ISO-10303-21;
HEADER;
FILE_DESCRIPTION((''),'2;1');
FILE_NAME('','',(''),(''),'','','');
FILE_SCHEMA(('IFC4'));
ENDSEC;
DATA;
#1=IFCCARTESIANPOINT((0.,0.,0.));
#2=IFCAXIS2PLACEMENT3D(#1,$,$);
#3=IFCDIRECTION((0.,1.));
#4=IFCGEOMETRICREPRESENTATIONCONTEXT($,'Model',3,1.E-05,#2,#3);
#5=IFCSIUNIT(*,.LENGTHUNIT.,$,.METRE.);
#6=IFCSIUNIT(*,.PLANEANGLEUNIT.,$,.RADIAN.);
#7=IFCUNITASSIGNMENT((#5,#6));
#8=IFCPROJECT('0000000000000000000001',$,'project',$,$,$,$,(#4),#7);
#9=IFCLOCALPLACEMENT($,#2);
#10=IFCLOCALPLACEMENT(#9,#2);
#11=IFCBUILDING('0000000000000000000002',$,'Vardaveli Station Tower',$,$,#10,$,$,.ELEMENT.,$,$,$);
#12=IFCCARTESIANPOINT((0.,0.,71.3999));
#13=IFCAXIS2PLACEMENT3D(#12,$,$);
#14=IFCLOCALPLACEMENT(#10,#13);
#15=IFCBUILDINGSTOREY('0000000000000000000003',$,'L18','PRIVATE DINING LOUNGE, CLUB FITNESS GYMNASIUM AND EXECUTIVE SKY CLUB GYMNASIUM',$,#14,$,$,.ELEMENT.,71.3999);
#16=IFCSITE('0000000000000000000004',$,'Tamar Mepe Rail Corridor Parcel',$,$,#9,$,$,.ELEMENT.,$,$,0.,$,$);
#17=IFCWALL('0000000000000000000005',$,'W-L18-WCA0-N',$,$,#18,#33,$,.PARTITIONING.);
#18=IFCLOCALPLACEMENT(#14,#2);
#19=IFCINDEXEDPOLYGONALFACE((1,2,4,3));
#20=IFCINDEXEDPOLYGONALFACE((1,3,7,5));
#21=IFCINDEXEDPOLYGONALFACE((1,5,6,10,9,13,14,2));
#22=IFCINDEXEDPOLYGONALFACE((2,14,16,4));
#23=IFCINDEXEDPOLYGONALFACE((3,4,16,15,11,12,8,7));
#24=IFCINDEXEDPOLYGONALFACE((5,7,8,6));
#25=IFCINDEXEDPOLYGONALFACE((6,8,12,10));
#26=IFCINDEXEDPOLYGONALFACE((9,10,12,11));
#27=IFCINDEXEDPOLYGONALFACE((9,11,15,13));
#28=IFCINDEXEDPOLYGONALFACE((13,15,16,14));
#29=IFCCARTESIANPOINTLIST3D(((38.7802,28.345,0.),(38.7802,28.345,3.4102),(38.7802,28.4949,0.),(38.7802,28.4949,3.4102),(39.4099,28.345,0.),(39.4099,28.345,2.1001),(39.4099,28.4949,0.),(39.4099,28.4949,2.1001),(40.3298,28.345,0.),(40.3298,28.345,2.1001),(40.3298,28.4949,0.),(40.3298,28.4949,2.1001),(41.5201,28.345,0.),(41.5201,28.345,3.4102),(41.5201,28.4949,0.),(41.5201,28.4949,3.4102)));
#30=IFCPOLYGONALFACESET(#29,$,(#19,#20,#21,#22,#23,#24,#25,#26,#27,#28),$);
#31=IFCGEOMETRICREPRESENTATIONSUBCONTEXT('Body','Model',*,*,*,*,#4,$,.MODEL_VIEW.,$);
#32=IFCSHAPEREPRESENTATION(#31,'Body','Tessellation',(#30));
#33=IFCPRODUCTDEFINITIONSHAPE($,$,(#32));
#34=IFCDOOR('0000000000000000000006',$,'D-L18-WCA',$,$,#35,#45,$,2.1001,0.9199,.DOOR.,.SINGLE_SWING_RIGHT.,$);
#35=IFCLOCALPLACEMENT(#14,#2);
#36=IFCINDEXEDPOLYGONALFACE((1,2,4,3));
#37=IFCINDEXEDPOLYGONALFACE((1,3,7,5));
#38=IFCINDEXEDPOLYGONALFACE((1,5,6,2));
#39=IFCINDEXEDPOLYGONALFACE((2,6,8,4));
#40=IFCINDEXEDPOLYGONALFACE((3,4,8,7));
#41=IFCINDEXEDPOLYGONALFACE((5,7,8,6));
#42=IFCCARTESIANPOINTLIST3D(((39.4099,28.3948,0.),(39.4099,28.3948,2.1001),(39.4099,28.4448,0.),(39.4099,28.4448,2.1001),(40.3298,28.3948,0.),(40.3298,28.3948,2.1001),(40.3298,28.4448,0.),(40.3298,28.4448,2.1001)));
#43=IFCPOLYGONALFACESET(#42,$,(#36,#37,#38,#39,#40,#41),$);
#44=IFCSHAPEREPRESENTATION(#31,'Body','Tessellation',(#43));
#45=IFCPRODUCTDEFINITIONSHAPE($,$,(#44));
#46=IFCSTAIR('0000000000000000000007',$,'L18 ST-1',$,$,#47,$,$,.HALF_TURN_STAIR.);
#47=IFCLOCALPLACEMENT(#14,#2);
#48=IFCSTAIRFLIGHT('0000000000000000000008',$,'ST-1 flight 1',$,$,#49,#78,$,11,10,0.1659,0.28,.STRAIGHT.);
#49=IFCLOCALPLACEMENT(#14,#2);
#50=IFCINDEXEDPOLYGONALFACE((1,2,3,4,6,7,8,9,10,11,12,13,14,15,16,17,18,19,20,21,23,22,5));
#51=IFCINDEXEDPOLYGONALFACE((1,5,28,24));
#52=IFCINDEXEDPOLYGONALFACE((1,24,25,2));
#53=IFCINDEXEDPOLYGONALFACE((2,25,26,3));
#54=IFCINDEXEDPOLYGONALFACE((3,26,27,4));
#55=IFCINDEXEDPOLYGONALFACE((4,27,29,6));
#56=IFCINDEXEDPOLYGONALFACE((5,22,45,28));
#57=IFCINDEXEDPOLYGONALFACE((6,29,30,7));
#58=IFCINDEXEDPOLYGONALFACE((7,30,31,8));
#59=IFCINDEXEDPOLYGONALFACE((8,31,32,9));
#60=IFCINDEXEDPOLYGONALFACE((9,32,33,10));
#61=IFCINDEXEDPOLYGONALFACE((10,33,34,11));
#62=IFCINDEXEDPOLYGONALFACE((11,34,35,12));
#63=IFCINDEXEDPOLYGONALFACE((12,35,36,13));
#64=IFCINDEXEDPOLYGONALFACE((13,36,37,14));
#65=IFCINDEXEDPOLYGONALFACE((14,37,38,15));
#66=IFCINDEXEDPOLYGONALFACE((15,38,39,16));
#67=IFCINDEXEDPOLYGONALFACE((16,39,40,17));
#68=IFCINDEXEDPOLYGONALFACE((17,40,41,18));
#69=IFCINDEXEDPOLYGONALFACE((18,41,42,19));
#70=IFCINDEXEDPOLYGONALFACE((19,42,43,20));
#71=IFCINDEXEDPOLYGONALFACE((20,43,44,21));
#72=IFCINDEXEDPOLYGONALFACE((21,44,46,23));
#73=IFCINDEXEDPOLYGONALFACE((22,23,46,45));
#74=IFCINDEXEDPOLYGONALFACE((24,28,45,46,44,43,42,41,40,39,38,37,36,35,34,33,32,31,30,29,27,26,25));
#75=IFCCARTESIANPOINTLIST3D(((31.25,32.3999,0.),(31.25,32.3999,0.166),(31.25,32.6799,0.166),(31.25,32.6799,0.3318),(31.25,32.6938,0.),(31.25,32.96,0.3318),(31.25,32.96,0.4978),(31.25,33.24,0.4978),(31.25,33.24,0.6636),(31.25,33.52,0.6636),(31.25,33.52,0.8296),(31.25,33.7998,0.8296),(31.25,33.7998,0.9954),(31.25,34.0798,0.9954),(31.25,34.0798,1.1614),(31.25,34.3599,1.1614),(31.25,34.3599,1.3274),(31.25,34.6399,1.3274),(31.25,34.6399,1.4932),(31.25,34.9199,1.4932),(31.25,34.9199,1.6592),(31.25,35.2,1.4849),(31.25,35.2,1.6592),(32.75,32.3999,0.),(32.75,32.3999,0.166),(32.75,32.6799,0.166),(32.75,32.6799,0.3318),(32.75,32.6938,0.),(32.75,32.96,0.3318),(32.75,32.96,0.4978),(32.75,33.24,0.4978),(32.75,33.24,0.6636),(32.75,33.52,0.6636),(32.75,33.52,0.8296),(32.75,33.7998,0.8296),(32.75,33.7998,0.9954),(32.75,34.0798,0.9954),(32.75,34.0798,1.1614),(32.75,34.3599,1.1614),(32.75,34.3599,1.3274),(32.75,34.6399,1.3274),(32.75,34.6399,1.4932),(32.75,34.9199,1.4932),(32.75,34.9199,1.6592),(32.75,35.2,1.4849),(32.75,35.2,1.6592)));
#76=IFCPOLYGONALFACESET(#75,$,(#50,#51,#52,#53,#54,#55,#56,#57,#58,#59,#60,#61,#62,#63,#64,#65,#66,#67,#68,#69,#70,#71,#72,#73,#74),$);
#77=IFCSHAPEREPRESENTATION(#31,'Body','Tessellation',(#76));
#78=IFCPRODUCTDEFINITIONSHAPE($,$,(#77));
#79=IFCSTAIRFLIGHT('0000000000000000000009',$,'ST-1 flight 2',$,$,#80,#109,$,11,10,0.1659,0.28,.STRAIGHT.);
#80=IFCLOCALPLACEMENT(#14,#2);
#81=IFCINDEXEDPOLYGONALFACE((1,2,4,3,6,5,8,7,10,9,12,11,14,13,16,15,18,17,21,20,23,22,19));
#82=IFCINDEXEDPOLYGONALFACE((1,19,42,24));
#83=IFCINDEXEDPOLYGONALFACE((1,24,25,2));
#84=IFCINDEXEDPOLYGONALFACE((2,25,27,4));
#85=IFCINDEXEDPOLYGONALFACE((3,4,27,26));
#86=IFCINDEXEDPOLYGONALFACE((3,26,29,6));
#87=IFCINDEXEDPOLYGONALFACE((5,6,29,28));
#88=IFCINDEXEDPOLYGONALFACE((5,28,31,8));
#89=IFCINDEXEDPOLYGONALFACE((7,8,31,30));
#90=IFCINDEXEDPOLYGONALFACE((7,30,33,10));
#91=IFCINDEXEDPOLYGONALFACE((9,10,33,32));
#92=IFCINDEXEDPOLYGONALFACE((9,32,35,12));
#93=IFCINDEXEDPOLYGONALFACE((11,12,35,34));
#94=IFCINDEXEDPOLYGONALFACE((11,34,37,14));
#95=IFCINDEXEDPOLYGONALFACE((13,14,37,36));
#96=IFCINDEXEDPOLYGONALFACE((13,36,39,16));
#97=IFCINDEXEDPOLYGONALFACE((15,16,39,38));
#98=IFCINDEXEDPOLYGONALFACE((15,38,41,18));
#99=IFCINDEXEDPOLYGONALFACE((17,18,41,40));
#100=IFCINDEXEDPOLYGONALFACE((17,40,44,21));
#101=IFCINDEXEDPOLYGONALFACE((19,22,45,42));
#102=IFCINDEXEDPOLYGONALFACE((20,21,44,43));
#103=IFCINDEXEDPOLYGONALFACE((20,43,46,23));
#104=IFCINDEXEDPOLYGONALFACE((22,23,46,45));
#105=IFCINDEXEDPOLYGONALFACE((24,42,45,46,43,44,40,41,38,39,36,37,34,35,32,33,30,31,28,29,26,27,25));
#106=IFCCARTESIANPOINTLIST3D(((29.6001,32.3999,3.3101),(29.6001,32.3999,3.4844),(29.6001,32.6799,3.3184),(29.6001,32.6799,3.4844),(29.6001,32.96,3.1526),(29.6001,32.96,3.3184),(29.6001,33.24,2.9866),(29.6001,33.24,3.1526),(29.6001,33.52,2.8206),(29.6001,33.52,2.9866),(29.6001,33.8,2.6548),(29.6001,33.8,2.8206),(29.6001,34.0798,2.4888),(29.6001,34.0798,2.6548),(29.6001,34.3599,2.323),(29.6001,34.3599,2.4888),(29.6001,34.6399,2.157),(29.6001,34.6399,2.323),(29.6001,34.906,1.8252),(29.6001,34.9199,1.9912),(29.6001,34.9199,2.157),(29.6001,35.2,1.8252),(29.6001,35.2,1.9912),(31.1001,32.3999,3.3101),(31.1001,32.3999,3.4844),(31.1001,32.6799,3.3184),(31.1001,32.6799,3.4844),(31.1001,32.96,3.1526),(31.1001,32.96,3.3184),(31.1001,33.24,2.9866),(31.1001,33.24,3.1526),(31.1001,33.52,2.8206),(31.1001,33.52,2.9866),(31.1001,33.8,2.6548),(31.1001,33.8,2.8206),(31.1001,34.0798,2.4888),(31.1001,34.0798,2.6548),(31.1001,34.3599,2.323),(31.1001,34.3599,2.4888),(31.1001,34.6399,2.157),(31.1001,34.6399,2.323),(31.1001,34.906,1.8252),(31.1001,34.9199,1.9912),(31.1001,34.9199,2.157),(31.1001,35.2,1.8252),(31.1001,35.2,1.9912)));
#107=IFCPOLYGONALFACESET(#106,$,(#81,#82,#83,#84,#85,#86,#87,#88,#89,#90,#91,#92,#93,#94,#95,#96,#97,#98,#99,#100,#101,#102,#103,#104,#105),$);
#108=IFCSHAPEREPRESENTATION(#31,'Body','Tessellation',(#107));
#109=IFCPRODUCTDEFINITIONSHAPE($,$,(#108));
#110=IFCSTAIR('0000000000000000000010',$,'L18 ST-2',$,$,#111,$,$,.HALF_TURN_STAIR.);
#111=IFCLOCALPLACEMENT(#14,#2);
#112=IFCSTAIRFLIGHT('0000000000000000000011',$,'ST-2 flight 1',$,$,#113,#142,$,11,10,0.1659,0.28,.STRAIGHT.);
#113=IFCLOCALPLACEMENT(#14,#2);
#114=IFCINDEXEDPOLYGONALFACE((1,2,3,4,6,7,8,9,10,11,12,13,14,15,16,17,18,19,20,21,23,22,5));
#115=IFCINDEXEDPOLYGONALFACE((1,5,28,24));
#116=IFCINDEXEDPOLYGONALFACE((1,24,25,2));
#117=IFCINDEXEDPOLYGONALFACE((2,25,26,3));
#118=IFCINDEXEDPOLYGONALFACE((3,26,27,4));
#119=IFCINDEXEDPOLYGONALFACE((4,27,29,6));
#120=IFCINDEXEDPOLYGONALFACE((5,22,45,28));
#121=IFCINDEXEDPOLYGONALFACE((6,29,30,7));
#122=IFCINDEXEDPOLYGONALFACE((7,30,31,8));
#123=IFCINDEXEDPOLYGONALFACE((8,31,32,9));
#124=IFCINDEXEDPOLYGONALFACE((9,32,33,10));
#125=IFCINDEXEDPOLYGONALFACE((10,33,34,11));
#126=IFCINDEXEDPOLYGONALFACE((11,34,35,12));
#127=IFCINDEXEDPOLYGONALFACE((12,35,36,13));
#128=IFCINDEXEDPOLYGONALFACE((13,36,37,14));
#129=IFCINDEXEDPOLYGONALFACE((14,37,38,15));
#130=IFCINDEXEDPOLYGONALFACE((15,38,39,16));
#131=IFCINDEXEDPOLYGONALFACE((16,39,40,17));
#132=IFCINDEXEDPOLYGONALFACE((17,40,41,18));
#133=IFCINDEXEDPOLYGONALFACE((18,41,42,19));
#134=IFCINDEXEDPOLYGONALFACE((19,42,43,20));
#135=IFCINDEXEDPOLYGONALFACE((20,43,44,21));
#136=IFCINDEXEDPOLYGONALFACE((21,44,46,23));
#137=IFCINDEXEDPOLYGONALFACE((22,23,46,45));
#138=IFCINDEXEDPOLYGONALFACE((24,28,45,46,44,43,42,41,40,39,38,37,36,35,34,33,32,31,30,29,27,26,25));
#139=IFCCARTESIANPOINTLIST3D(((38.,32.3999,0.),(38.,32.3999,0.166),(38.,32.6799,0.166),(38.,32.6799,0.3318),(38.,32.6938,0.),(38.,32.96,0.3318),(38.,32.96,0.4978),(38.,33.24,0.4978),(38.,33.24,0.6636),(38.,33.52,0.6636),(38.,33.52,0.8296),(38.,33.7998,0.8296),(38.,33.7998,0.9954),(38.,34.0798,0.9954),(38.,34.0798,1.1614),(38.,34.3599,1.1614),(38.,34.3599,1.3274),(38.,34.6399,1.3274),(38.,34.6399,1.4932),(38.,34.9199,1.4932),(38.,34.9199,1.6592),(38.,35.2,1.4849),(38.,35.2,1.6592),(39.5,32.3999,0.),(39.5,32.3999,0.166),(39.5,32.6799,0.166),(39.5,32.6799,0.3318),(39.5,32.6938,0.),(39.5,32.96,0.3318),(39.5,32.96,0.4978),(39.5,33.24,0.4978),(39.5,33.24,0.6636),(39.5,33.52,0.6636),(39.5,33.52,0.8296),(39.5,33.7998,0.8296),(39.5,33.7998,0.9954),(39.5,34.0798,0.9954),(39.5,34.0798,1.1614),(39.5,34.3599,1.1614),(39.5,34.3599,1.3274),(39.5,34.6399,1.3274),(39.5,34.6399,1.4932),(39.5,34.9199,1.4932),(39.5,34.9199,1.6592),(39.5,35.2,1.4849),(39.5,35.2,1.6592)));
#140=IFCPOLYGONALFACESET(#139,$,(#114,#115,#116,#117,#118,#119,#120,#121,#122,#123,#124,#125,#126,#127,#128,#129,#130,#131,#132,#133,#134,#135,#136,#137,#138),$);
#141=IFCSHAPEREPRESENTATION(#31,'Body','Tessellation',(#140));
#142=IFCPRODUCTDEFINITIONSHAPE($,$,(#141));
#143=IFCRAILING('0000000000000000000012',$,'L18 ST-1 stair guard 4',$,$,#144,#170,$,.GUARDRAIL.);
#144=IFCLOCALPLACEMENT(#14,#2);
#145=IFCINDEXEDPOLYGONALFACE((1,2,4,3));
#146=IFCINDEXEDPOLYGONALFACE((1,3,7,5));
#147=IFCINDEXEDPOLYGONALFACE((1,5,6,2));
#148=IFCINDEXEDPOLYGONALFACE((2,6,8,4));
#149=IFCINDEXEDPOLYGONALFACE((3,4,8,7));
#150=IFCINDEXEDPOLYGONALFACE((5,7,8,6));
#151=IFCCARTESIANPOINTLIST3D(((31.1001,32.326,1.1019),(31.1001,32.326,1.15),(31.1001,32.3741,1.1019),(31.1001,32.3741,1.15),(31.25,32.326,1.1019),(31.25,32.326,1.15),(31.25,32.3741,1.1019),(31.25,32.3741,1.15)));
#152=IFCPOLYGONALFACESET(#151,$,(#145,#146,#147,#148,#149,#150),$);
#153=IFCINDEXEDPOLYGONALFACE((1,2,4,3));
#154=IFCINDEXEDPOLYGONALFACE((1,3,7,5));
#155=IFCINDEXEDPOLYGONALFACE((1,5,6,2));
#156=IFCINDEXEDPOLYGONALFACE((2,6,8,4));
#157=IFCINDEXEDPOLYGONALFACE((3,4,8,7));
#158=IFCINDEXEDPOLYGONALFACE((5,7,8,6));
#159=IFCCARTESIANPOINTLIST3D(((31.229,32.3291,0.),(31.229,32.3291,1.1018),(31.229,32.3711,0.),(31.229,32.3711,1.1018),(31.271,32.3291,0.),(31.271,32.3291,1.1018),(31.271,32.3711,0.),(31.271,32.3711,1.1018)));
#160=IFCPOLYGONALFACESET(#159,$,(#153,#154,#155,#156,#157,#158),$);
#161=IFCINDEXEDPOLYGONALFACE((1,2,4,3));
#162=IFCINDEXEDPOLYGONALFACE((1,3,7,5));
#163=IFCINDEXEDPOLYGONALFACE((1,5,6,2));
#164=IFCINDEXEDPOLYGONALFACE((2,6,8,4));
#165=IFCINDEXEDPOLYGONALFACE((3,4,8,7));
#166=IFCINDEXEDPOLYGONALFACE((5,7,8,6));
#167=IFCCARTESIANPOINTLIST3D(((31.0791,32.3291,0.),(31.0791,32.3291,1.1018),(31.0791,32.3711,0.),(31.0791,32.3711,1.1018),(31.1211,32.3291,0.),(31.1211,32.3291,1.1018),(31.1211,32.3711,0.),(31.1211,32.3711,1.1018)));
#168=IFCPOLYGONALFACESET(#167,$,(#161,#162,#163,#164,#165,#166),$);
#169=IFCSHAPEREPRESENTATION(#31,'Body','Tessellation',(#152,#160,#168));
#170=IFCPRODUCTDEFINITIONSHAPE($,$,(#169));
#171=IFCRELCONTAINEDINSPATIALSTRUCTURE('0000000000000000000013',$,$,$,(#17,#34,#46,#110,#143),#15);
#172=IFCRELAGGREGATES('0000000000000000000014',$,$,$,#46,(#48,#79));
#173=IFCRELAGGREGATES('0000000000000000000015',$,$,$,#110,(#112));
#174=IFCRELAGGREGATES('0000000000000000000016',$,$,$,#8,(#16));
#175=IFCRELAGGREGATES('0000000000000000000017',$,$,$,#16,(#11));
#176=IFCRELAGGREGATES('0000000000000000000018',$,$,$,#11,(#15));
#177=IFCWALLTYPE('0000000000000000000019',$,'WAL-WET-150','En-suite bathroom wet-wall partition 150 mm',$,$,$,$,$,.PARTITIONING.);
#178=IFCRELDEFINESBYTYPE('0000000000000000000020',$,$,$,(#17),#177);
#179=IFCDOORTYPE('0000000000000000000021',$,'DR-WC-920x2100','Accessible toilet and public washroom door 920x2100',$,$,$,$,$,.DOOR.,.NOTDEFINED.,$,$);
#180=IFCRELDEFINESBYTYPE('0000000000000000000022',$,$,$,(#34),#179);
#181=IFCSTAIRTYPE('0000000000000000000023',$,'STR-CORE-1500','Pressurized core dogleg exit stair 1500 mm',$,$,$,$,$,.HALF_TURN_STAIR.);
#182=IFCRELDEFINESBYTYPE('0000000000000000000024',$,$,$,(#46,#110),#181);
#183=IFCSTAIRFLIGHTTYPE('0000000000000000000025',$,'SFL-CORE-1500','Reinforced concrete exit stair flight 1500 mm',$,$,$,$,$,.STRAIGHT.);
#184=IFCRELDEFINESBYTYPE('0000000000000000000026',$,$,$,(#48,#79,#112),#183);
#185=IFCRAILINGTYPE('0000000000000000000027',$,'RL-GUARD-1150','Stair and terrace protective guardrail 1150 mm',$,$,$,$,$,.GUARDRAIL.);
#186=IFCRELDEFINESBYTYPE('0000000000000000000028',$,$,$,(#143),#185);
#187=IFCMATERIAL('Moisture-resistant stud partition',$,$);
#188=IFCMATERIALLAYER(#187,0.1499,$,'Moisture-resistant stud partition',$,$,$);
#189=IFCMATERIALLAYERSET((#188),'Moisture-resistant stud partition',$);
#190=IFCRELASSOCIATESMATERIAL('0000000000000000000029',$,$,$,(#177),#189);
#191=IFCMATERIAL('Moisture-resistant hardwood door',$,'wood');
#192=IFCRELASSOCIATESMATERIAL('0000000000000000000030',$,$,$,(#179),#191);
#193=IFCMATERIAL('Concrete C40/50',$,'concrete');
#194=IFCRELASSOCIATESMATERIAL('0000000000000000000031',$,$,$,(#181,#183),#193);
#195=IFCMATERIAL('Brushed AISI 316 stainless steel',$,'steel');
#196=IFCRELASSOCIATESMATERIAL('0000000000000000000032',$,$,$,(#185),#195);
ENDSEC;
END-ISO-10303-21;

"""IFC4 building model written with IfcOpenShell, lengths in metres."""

from ifc_helpers import new_model, si_unit, direction, frame, frame_2d, origin, origin_2d, place, context, subcontext, project, spatial, polyline, rectangle, outline, extrude, source, transform, mapped, material, layer, layer_set, type_object, element, fill, aggregate, save


model = new_model("IFC4")

# Units and contexts
model_context = context("Model", 3, precision=1e-05, world=origin(), true_north=direction((0.0, 1.0)))
body_context = subcontext(model_context, "Body", "Model", "MODEL_VIEW")
ifc_project = project(units=[si_unit("LENGTHUNIT", "METRE"), si_unit("PLANEANGLEUNIT", "RADIAN")], contexts=[model_context])

# Site, building, storey
site_placement = place(None, origin())
site = spatial("IfcSite", under=ifc_project, at=site_placement, Name="Tamar Mepe Rail Corridor Parcel", CompositionType="ELEMENT", RefElevation=0.0)
building_placement = place(site_placement, origin())
building = spatial("IfcBuilding", under=site, at=building_placement, Name="Vardaveli Station Tower", CompositionType="ELEMENT")
storey_placement = place(building_placement, frame((0.0, 0.0, 71.3999)))
storey = spatial("IfcBuildingStorey", under=building, at=storey_placement, Name="L18", Description="PRIVATE DINING LOUNGE, CLUB FITNESS GYMNASIUM AND EXECUTIVE SKY CLUB GYMNASIUM", CompositionType="ELEMENT", Elevation=71.3999)

# Shared definitions
ifc_material_1 = material(Name="Concrete C40/50", Category="concrete")

# Wall, opening, door
ifc_material_2 = material(Name="Moisture-resistant stud partition")
ifc_layer_1 = layer(ifc_material_2, 0.1499, Name="Moisture-resistant stud partition")
ifc_layer_set_1 = layer_set([ifc_layer_1], Name="Moisture-resistant stud partition")
wall_type_1 = type_object("IfcWallType", Name="WAL-WET-150", Description="En-suite bathroom wet-wall partition 150 mm", PredefinedType="PARTITIONING", material=ifc_layer_set_1)
shared_shape_1 = source(origin(), body_context, "Body", "SweptSolid", [
    extrude(rectangle(XDim=2.74, YDim=0.1499, at=frame_2d((1.3701, 0.0))), origin(), (0.0, 0.0, 1.0), 3.4102),
])
wall_1_placement = place(storey_placement, frame((38.78, 28.4199, 0.0), z_axis=(0.0, 0.0, 1.0), x_axis=(1.0, 0.0, 0.0)))
wall_1 = element("IfcWall", 1, at=wall_1_placement, inside=storey, type_object=wall_type_1, Name="W-L18-WCA0-N", PredefinedType="PARTITIONING", context=body_context, shape_type="MappedRepresentation", body=[
    mapped(shared_shape_1, transform((0.0, 0.0, 0.0), scale=1.0)),
])
shared_shape_2 = source(origin(), body_context, "Body", "SweptSolid", [
    extrude(rectangle(XDim=0.9199, YDim=2.1001, at=frame_2d((0.46, 1.05))), frame((0.0, 0.085, 0.0), z_axis=(0.0, -1.0, 0.0), x_axis=(1.0, 0.0, 0.0)), (0.0, 0.0, 1.0), 0.1699),
])
opening_1_placement = place(wall_1_placement, frame((0.6299, 0.0, 0.0)))
opening_1 = element("IfcOpeningElement", 2, at=opening_1_placement, cuts=wall_1, PredefinedType="OPENING", context=body_context, shape_type="MappedRepresentation", body=[
    mapped(shared_shape_2, transform((0.0, 0.0, 0.0), scale=1.0)),
])
ifc_material_3 = material(Name="Moisture-resistant hardwood door", Category="wood")
door_type_1 = type_object("IfcDoorType", Name="DR-WC-920x2100", Description="Accessible toilet and public washroom door 920x2100", OperationType="NOTDEFINED", PredefinedType="DOOR", material=ifc_material_3)
shared_shape_3 = source(origin(), body_context, "Body", "SweptSolid", [
    extrude(rectangle(XDim=0.9199, YDim=2.1001, at=frame_2d((0.46, 1.05))), frame((0.0, 0.0249, 0.0), z_axis=(0.0, -1.0, 0.0), x_axis=(1.0, 0.0, 0.0)), (0.0, 0.0, 1.0), 0.05),
])
door_1_placement = place(opening_1_placement, origin())
door_1 = element("IfcDoor", 3, at=door_1_placement, inside=storey, type_object=door_type_1, Name="D-L18-WCA", OperationType="SINGLE_SWING_RIGHT", OverallHeight=2.1001, OverallWidth=0.9199, PredefinedType="DOOR", context=body_context, shape_type="MappedRepresentation", body=[
    mapped(shared_shape_3, transform((0.0, 0.0, 0.0), scale=1.0)),
])
fill(opening_1, door_1)

# Stair, stair flights
stair_type = type_object("IfcStairType", Name="STR-CORE-1500", Description="Pressurized core dogleg exit stair 1500 mm", PredefinedType="HALF_TURN_STAIR", material=ifc_material_1)
stair_1_placement = place(storey_placement, origin())
stair_1 = element("IfcStair", 4, at=stair_1_placement, inside=storey, type_object=stair_type, Name="L18 ST-1", PredefinedType="HALF_TURN_STAIR")
stair_flight_type = type_object("IfcStairFlightType", Name="SFL-CORE-1500", Description="Reinforced concrete exit stair flight 1500 mm", PredefinedType="STRAIGHT", material=ifc_material_1)
shared_shape_4 = source(origin(), body_context, "Body", "SweptSolid", [
    extrude(outline(polyline([(0.0, 0.0), (0.0, 0.166), (0.28, 0.166), (0.28, 0.3318), (0.5601, 0.3318), (0.5601, 0.4978), (0.8401, 0.4978), (0.8401, 0.6636), (1.1201, 0.6636), (1.1201, 0.8296), (1.3999, 0.8296), (1.3999, 0.9954), (1.6799, 0.9954), (1.6799, 1.1614), (1.96, 1.1614), (1.96, 1.3274), (2.24, 1.3274), (2.24, 1.4932), (2.52, 1.4932), (2.52, 1.6592), (2.8, 1.6592), (2.8, 1.825), (2.8, 1.4849), (0.2939, 0.0), (0.0, 0.0)])), frame((0.0, 0.75, 0.0), z_axis=(0.0, -1.0, 0.0), x_axis=(1.0, 0.0, 0.0)), (0.0, 0.0, 1.0), 1.5),
])
stair_flight_1_placement = place(storey_placement, frame((32.0, 32.3999, 0.0), z_axis=(0.0, 0.0, 1.0), x_axis=(0.0, 1.0, 0.0)))
stair_flight_1 = element("IfcStairFlight", 5, at=stair_flight_1_placement, type_object=stair_flight_type, Name="ST-1 flight 1", NumberOfRisers=11, NumberOfTreads=10, PredefinedType="STRAIGHT", RiserHeight=0.1659, TreadLength=0.28, context=body_context, shape_type="MappedRepresentation", body=[
    mapped(shared_shape_4, transform((0.0, 0.0, 0.0), scale=1.0)),
])
stair_flight_2_placement = place(storey_placement, frame((30.3501, 35.2, 1.8252), z_axis=(0.0, 0.0, 1.0), x_axis=(0.0, -1.0, 0.0)))
stair_flight_2 = element("IfcStairFlight", 6, at=stair_flight_2_placement, type_object=stair_flight_type, Name="ST-1 flight 2", NumberOfRisers=11, NumberOfTreads=10, PredefinedType="STRAIGHT", RiserHeight=0.1659, TreadLength=0.28, context=body_context, shape_type="MappedRepresentation", body=[
    mapped(shared_shape_4, transform((0.0, 0.0, 0.0), scale=1.0)),
])
aggregate(stair_1, [stair_flight_1, stair_flight_2])

# Stair, stair flight
stair_2_placement = place(storey_placement, origin())
stair_2 = element("IfcStair", 7, at=stair_2_placement, inside=storey, type_object=stair_type, Name="L18 ST-2", PredefinedType="HALF_TURN_STAIR")
stair_flight_3_placement = place(storey_placement, frame((38.75, 32.3999, 0.0), z_axis=(0.0, 0.0, 1.0), x_axis=(0.0, 1.0, 0.0)))
stair_flight_3 = element("IfcStairFlight", 8, at=stair_flight_3_placement, type_object=stair_flight_type, Name="ST-2 flight 1", NumberOfRisers=11, NumberOfTreads=10, PredefinedType="STRAIGHT", RiserHeight=0.1659, TreadLength=0.28, context=body_context, shape_type="MappedRepresentation", body=[
    mapped(shared_shape_4, transform((0.0, 0.0, 0.0), scale=1.0)),
])
aggregate(stair_2, [stair_flight_3])

# Railing
ifc_material_4 = material(Name="Brushed AISI 316 stainless steel", Category="steel")
railing_type_1 = type_object("IfcRailingType", Name="RL-GUARD-1150", Description="Stair and terrace protective guardrail 1150 mm", PredefinedType="GUARDRAIL", material=ifc_material_4)
shared_shape_5 = source(origin(), body_context, "Body", "SweptSolid", [
    extrude(rectangle(XDim=0.0481, YDim=0.0481, at=origin_2d()), frame((0.0, 0.0, 1.126), z_axis=(-1.0, 0.0, 0.0), x_axis=(0.0, -1.0, 0.0)), (0.0, 0.0, 1.0), 0.1499),
    extrude(rectangle(XDim=0.042, YDim=0.042, at=origin_2d()), origin(), (0.0, 0.0, 1.0), 1.1018),
    extrude(rectangle(XDim=0.042, YDim=0.042, at=origin_2d()), frame((-0.1499, 0.0, 0.0)), (0.0, 0.0, 1.0), 1.1018),
])
for number, where, name in (
    (9, (31.25, 32.3501, 0.0), "L18 ST-1 stair guard 4"),
):
    element("IfcRailing", number, at=place(storey_placement, frame(where)), inside=storey, type_object=railing_type_1, Name=name, PredefinedType="GUARDRAIL", context=body_context, shape_type="MappedRepresentation", body=[
        mapped(shared_shape_5, transform((0.0, 0.0, 0.0), scale=1.0)),
    ])

save(model, "model.ifc")
